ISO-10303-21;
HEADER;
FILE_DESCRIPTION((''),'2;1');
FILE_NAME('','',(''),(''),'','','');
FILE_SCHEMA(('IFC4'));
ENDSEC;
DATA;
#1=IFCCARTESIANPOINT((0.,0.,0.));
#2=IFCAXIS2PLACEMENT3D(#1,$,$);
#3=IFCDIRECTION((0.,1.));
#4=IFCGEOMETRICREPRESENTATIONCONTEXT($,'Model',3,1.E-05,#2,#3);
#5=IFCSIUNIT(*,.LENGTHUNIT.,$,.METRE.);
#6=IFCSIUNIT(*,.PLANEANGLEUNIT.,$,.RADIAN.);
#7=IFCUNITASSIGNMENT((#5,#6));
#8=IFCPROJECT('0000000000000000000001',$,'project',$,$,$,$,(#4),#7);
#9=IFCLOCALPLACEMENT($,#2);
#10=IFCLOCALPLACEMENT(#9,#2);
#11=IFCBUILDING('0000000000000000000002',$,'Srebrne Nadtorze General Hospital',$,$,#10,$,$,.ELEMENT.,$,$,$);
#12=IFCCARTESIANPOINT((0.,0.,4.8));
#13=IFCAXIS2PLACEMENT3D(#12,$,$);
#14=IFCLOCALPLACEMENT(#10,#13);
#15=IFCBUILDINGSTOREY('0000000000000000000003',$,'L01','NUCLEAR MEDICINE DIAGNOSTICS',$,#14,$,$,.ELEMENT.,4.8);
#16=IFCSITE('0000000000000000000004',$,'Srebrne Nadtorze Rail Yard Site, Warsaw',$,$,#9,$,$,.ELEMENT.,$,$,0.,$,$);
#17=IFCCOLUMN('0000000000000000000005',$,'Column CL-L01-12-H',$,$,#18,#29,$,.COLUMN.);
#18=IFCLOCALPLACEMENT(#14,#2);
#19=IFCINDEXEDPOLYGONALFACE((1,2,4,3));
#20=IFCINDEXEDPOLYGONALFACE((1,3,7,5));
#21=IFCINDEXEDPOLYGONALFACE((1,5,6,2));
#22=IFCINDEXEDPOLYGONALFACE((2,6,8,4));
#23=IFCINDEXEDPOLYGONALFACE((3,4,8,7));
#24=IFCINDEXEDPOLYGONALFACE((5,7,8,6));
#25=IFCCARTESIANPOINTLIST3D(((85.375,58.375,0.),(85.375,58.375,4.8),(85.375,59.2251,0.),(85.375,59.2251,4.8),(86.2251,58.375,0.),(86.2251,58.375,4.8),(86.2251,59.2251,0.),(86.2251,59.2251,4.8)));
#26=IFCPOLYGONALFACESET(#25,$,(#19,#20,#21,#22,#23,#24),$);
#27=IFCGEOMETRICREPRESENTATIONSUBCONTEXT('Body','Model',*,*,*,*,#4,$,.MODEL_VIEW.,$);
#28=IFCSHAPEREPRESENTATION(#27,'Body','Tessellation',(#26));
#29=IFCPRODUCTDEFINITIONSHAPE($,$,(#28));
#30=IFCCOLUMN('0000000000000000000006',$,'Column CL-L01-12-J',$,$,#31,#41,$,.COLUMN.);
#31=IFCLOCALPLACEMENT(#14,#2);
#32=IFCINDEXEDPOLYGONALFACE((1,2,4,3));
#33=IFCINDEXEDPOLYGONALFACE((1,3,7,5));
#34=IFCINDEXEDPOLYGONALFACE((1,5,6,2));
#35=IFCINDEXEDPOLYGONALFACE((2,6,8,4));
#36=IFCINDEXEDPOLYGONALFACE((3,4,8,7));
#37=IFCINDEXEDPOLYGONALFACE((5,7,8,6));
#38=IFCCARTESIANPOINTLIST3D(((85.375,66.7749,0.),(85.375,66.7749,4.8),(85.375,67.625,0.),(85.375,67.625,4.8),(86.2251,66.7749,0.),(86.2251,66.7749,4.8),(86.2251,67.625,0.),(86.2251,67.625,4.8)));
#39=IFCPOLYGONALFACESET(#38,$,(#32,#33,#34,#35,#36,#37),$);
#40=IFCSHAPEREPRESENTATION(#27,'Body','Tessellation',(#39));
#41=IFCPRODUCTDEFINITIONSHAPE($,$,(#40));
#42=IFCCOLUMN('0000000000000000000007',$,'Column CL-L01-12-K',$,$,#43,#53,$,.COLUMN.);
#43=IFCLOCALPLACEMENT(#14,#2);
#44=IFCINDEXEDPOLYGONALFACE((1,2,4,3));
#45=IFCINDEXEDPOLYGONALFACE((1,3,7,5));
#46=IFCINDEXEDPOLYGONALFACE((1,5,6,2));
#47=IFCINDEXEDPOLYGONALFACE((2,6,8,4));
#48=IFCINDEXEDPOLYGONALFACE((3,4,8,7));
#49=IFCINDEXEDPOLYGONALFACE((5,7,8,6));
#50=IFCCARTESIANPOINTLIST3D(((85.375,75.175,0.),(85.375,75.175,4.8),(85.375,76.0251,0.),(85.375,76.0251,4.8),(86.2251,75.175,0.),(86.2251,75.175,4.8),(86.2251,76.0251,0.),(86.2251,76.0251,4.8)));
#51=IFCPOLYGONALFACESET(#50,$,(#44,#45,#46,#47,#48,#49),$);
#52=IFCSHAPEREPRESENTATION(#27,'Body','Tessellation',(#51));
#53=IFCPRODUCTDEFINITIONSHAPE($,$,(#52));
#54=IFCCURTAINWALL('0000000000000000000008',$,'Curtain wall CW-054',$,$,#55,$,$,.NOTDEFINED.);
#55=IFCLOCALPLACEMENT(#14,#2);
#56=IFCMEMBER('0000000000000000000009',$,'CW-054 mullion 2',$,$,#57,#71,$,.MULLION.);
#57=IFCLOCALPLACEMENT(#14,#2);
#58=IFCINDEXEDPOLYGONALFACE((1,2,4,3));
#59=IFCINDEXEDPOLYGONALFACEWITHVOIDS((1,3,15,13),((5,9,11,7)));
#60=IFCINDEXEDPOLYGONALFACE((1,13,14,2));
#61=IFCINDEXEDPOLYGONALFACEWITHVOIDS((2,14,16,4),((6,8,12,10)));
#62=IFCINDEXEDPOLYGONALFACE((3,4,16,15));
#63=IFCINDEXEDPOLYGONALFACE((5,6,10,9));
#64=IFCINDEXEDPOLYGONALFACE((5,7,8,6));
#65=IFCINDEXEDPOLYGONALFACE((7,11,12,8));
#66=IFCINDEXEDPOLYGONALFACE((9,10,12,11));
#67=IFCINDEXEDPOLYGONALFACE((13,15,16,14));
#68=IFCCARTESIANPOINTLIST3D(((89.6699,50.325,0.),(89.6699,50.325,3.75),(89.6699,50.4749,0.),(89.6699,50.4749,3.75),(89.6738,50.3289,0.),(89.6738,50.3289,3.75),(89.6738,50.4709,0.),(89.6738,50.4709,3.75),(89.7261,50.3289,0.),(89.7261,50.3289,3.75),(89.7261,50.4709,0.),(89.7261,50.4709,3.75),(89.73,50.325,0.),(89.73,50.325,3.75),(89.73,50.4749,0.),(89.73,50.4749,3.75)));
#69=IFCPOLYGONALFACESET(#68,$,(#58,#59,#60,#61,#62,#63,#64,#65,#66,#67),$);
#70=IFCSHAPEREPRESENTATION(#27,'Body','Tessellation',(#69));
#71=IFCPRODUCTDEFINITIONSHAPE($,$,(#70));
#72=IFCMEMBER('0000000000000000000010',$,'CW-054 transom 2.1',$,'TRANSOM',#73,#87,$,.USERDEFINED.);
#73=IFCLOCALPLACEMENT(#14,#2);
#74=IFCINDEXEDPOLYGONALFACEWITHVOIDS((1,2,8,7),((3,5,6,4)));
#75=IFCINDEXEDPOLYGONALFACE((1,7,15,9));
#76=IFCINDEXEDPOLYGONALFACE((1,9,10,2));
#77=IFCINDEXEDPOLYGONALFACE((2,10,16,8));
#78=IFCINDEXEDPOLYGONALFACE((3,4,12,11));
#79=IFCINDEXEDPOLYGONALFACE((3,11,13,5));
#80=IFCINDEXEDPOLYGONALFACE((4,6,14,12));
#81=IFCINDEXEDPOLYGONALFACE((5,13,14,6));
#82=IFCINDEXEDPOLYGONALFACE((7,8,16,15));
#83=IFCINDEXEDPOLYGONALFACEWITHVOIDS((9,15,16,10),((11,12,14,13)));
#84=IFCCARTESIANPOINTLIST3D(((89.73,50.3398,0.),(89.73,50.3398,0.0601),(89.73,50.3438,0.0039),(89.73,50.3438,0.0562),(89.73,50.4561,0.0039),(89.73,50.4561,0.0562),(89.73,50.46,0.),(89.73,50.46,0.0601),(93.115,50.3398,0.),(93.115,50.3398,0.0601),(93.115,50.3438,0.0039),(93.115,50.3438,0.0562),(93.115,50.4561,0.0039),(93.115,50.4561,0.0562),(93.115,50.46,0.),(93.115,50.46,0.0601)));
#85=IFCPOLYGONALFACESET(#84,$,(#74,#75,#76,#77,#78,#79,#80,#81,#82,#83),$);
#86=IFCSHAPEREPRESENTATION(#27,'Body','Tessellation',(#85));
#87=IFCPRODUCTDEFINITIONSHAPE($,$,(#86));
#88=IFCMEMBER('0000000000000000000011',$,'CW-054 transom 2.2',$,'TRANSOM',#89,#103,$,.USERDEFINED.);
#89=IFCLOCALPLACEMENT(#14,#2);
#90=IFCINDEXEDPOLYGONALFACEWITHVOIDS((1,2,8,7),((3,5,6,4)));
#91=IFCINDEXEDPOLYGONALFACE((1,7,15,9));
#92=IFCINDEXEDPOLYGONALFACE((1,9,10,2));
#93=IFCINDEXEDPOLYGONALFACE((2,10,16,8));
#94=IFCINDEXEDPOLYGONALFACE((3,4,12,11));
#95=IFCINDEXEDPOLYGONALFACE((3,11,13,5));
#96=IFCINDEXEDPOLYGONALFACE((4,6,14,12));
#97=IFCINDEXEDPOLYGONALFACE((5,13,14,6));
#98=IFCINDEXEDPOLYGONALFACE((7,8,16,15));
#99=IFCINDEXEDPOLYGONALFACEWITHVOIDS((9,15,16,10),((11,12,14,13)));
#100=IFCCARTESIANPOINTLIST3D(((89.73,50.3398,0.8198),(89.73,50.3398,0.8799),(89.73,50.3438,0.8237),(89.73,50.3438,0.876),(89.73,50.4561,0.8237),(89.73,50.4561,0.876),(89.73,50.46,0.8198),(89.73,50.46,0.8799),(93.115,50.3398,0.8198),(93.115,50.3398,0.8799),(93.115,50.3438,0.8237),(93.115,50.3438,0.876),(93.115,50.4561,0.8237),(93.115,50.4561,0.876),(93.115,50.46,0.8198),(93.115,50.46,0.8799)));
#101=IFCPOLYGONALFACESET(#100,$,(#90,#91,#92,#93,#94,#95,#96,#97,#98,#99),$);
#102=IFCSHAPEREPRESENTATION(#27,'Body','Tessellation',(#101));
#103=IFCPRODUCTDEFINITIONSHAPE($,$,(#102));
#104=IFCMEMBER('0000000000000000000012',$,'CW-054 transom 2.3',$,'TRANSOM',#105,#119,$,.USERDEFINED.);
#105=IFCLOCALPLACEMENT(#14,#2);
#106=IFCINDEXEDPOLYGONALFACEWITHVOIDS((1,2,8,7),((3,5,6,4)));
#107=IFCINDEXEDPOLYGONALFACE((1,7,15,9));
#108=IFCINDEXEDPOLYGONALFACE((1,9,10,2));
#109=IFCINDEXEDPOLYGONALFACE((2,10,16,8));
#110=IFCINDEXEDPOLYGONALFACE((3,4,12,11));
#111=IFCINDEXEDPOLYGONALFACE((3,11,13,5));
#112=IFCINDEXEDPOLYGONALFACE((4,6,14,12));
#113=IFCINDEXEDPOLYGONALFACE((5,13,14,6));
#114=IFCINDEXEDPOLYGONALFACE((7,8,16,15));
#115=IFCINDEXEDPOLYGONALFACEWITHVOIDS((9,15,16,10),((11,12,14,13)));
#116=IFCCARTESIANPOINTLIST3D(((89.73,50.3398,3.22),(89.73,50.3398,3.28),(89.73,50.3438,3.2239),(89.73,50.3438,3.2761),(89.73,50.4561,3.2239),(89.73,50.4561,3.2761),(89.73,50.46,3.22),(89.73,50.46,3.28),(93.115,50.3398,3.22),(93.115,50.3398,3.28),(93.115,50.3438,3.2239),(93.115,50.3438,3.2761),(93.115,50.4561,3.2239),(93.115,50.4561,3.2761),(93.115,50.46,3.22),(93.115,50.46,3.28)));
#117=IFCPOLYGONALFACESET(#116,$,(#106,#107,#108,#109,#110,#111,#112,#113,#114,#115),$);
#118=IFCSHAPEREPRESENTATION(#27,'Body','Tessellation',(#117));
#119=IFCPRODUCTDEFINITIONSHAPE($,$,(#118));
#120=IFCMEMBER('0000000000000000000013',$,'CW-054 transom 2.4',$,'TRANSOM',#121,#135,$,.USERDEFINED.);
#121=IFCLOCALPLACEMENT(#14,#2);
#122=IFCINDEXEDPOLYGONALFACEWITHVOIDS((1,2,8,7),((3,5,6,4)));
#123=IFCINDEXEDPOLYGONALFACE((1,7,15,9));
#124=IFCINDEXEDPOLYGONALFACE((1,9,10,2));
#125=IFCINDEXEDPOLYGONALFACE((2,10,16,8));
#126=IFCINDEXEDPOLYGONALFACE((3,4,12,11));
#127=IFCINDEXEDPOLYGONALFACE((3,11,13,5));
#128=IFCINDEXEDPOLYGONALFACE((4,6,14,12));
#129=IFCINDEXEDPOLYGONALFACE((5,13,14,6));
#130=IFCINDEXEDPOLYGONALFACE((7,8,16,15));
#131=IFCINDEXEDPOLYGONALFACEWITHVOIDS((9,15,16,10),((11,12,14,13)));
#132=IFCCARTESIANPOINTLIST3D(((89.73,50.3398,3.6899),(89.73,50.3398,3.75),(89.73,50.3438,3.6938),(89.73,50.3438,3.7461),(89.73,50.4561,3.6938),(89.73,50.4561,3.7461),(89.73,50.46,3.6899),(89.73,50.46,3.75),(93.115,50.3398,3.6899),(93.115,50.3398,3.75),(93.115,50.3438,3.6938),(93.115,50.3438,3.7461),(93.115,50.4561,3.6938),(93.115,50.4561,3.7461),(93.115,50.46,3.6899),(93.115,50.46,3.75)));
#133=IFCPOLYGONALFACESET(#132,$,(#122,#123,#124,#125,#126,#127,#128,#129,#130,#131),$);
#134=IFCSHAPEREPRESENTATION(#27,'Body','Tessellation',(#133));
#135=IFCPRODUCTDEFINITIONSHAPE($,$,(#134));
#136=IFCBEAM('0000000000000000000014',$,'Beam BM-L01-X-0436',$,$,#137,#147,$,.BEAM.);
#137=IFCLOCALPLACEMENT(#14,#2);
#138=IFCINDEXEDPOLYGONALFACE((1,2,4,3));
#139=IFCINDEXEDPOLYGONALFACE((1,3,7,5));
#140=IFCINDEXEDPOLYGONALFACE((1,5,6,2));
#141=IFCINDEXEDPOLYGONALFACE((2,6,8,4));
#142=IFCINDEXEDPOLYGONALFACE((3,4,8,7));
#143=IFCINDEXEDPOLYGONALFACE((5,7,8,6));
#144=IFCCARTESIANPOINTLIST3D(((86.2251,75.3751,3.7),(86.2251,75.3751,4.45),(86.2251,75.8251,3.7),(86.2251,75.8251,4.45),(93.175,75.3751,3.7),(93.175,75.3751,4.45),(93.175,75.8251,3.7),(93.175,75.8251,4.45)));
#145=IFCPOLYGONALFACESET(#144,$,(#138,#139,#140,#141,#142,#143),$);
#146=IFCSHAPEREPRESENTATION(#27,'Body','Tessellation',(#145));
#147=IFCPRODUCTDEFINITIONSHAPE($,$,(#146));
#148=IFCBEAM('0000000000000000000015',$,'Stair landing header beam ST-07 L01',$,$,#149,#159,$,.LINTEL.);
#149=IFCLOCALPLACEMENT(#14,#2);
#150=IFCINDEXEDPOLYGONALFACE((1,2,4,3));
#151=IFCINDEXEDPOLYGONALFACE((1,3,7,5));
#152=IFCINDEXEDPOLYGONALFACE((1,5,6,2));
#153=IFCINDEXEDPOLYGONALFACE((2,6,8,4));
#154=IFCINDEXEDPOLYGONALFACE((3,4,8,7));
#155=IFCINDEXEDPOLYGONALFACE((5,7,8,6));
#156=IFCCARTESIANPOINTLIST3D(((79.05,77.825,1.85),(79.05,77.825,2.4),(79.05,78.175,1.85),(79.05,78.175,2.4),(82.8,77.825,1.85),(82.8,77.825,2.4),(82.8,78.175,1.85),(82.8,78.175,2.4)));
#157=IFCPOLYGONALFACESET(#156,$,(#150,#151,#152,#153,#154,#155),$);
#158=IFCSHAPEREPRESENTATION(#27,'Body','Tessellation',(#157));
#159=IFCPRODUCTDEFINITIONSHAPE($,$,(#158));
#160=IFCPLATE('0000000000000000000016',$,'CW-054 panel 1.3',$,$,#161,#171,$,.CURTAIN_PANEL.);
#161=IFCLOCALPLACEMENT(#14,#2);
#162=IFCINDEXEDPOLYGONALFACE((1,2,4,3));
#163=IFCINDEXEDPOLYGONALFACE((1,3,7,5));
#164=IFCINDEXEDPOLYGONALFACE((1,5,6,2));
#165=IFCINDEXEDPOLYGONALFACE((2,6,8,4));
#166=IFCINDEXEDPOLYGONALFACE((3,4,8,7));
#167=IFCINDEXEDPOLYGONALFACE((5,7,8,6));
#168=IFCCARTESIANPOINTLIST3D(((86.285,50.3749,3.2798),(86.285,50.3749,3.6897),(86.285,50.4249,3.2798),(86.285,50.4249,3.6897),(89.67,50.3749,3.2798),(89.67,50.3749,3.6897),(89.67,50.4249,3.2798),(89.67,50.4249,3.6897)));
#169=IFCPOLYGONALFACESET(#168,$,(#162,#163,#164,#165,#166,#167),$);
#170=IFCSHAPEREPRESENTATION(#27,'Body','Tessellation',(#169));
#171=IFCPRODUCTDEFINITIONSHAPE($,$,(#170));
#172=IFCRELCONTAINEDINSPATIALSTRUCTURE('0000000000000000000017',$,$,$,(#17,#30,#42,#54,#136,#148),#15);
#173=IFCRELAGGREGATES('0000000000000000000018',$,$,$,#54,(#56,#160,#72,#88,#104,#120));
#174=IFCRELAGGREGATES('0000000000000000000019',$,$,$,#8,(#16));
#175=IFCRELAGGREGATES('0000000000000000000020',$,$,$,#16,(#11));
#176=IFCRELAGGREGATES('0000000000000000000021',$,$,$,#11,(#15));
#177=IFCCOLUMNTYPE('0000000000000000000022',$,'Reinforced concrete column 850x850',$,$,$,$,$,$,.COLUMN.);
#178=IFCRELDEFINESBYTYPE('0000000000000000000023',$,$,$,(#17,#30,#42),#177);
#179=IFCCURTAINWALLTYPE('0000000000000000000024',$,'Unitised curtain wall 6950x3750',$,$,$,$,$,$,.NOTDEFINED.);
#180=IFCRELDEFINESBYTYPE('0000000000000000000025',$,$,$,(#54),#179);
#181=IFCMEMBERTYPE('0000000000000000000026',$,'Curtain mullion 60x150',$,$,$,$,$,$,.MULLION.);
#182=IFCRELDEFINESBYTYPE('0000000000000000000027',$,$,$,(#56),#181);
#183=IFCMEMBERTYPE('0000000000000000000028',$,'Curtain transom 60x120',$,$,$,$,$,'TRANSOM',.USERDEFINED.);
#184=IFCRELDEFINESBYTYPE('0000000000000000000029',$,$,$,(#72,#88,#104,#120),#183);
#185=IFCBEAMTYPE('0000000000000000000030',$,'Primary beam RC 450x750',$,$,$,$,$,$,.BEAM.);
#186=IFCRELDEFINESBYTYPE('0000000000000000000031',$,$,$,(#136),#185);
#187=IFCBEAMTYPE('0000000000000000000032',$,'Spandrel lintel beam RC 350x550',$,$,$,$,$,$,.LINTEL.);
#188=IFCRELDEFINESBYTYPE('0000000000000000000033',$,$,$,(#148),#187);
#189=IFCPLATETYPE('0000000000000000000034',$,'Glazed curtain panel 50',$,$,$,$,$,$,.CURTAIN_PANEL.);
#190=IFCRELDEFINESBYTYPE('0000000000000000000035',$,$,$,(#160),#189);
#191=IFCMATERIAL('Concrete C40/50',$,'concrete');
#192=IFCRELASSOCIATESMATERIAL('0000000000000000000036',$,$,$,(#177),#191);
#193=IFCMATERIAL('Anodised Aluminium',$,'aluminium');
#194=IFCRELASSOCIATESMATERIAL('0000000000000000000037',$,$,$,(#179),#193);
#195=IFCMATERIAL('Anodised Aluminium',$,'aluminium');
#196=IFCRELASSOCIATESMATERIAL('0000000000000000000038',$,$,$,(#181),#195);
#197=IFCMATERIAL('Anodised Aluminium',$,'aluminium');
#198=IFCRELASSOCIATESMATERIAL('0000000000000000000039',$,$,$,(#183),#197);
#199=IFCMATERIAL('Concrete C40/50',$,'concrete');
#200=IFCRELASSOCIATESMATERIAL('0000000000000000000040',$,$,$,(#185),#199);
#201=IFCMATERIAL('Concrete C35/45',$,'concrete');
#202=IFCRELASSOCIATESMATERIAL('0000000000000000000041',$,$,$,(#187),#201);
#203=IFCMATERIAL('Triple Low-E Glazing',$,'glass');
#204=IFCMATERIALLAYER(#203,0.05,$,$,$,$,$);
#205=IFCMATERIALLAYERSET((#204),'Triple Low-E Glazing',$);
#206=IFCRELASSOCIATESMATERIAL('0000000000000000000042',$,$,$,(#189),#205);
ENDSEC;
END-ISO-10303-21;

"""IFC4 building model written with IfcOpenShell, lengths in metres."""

from ifc_helpers import new_model, si_unit, direction, frame, origin, origin_2d, place, context, subcontext, project, spatial, rectangle, hollow_rectangle, extrude, material, layer, layer_set, material_profile, profile_set, type_object, element, aggregate, save


model = new_model("IFC4")

# Units and contexts
model_context = context("Model", 3, precision=1e-05, world=origin(), true_north=direction((0.0, 1.0)))
body_context = subcontext(model_context, "Body", "Model", "MODEL_VIEW")
ifc_project = project(units=[si_unit("LENGTHUNIT", "METRE"), si_unit("PLANEANGLEUNIT", "RADIAN")], contexts=[model_context])

# Site, building, storey
site_placement = place(None, origin())
site = spatial("IfcSite", under=ifc_project, at=site_placement, Name="Srebrne Nadtorze Rail Yard Site, Warsaw", CompositionType="ELEMENT", RefElevation=0.0)
building_placement = place(site_placement, origin())
building = spatial("IfcBuilding", under=site, at=building_placement, Name="Srebrne Nadtorze General Hospital", CompositionType="ELEMENT")
storey_placement = place(building_placement, frame((0.0, 0.0, 4.8)))
storey = spatial("IfcBuildingStorey", under=building, at=storey_placement, Name="L01", Description="NUCLEAR MEDICINE DIAGNOSTICS", CompositionType="ELEMENT", Elevation=4.8)

# Columns
ifc_material_1 = material(Name="Concrete C40/50", Category="concrete")
ifc_material_profile_1 = material_profile(ifc_material_1, rectangle(XDim=0.8501, YDim=0.8501, at=origin_2d()), Name="RC-COL-850x850")
ifc_profile_set_1 = profile_set([ifc_material_profile_1], Name="Concrete C40/50")
column_type = type_object("IfcColumnType", Name="Reinforced concrete column 850x850", PredefinedType="COLUMN", material=ifc_profile_set_1)
for number, where, z_axis, x_axis, name in (
    (1, (85.8, 58.8, 0.0), (0.0, 0.0, 1.0), (1.0, 0.0, 0.0), "Column CL-L01-12-H"),
    (2, (85.8, 67.2, 0.0), (0.0, 0.0, 1.0), (1.0, 0.0, 0.0), "Column CL-L01-12-J"),
    (3, (85.8, 75.6001, 0.0), (0.0, 0.0, 1.0), (1.0, 0.0, 0.0), "Column CL-L01-12-K"),
):
    element("IfcColumn", number, at=place(storey_placement, frame(where, z_axis=z_axis, x_axis=x_axis)), inside=storey, type_object=column_type, Name=name, PredefinedType="COLUMN", context=body_context, shape_type="SweptSolid", body=[
        extrude(rectangle(XDim=0.8501, YDim=0.8501, at=origin_2d()), origin(), (0.0, 0.0, 1.0), 4.8),
    ])

# Curtain wall, members
ifc_material_2 = material(Name="Anodised Aluminium", Category="aluminium")
curtain_wall_type = type_object("IfcCurtainWallType", Name="Unitised curtain wall 6950x3750", PredefinedType="NOTDEFINED", material=ifc_material_2)
curtain_wall_placement = place(storey_placement, origin())
curtain_wall = element("IfcCurtainWall", 4, at=curtain_wall_placement, inside=storey, type_object=curtain_wall_type, Name="Curtain wall CW-054", PredefinedType="NOTDEFINED")
ifc_material_3 = material(Name="Anodised Aluminium", Category="aluminium")
ifc_material_profile_2 = material_profile(ifc_material_3, hollow_rectangle(XDim=0.0601, YDim=0.1499, WallThickness=0.0039, at=origin_2d()), Name="AL-MUL-60x150")
ifc_profile_set_2 = profile_set([ifc_material_profile_2], Name="Anodised Aluminium")
member_type_1 = type_object("IfcMemberType", Name="Curtain mullion 60x150", PredefinedType="MULLION", material=ifc_profile_set_2)
member_1_placement = place(storey_placement, frame((89.7, 50.3999, 0.0), z_axis=(0.0, 0.0, 1.0), x_axis=(1.0, 0.0, 0.0)))
member_1 = element("IfcMember", 5, at=member_1_placement, type_object=member_type_1, Name="CW-054 mullion 2", PredefinedType="MULLION", context=body_context, shape_type="SweptSolid", body=[
    extrude(hollow_rectangle(XDim=0.0601, YDim=0.1499, WallThickness=0.0039, at=origin_2d()), origin(), (0.0, 0.0, 1.0), 3.75),
])
ifc_material_4 = material(Name="Anodised Aluminium", Category="aluminium")
ifc_material_profile_3 = material_profile(ifc_material_4, hollow_rectangle(XDim=0.0601, YDim=0.1201, WallThickness=0.0039, at=origin_2d()), Name="AL-TRN-60x120")
ifc_profile_set_3 = profile_set([ifc_material_profile_3], Name="Anodised Aluminium")
member_type_2 = type_object("IfcMemberType", Name="Curtain transom 60x120", ElementType="TRANSOM", PredefinedType="USERDEFINED", material=ifc_profile_set_3)
member_2_placement = place(storey_placement, frame((89.73, 50.3999, 0.03), z_axis=(1.0, 0.0, 0.0), x_axis=(0.0, 0.0, 1.0)))
member_2 = element("IfcMember", 6, at=member_2_placement, type_object=member_type_2, Name="CW-054 transom 2.1", ObjectType="TRANSOM", PredefinedType="USERDEFINED", context=body_context, shape_type="SweptSolid", body=[
    extrude(hollow_rectangle(XDim=0.0601, YDim=0.1201, WallThickness=0.0039, at=origin_2d()), origin(), (0.0, 0.0, 1.0), 3.385),
])
member_3_placement = place(storey_placement, frame((89.73, 50.3999, 0.8499), z_axis=(1.0, 0.0, 0.0), x_axis=(0.0, 0.0, 1.0)))
member_3 = element("IfcMember", 7, at=member_3_placement, type_object=member_type_2, Name="CW-054 transom 2.2", ObjectType="TRANSOM", PredefinedType="USERDEFINED", context=body_context, shape_type="SweptSolid", body=[
    extrude(hollow_rectangle(XDim=0.0601, YDim=0.1201, WallThickness=0.0039, at=origin_2d()), origin(), (0.0, 0.0, 1.0), 3.385),
])
member_4_placement = place(storey_placement, frame((89.73, 50.3999, 3.25), z_axis=(1.0, 0.0, 0.0), x_axis=(0.0, 0.0, 1.0)))
member_4 = element("IfcMember", 8, at=member_4_placement, type_object=member_type_2, Name="CW-054 transom 2.3", ObjectType="TRANSOM", PredefinedType="USERDEFINED", context=body_context, shape_type="SweptSolid", body=[
    extrude(hollow_rectangle(XDim=0.0601, YDim=0.1201, WallThickness=0.0039, at=origin_2d()), origin(), (0.0, 0.0, 1.0), 3.385),
])
member_5_placement = place(storey_placement, frame((89.73, 50.3999, 3.72), z_axis=(1.0, 0.0, 0.0), x_axis=(0.0, 0.0, 1.0)))
member_5 = element("IfcMember", 9, at=member_5_placement, type_object=member_type_2, Name="CW-054 transom 2.4", ObjectType="TRANSOM", PredefinedType="USERDEFINED", context=body_context, shape_type="SweptSolid", body=[
    extrude(hollow_rectangle(XDim=0.0601, YDim=0.1201, WallThickness=0.0039, at=origin_2d()), origin(), (0.0, 0.0, 1.0), 3.385),
])

# Beams
ifc_material_5 = material(Name="Concrete C40/50", Category="concrete")
ifc_material_profile_4 = material_profile(ifc_material_5, rectangle(XDim=0.45, YDim=0.75, at=origin_2d()), Name="RC-BM-450x750")
ifc_profile_set_4 = profile_set([ifc_material_profile_4], Name="Concrete C40/50")
beam_type_1 = type_object("IfcBeamType", Name="Primary beam RC 450x750", PredefinedType="BEAM", material=ifc_profile_set_4)
beam_1_placement = place(storey_placement, frame((86.2251, 75.6001, 4.075), z_axis=(1.0, 0.0, 0.0), x_axis=(0.0, 1.0, 0.0)))
element("IfcBeam", 10, at=beam_1_placement, inside=storey, type_object=beam_type_1, Name="Beam BM-L01-X-0436", PredefinedType="BEAM", context=body_context, shape_type="SweptSolid", body=[
    extrude(rectangle(XDim=0.45, YDim=0.75, at=origin_2d()), origin(), (0.0, 0.0, 1.0), 6.95),
])
ifc_material_6 = material(Name="Concrete C35/45", Category="concrete")
ifc_material_profile_5 = material_profile(ifc_material_6, rectangle(XDim=0.3501, YDim=0.55, at=origin_2d()), Name="RC-BM-350x550")
ifc_profile_set_5 = profile_set([ifc_material_profile_5], Name="Concrete C35/45")
beam_type_2 = type_object("IfcBeamType", Name="Spandrel lintel beam RC 350x550", PredefinedType="LINTEL", material=ifc_profile_set_5)
beam_2_placement = place(storey_placement, frame((79.05, 78.0, 2.125), z_axis=(1.0, 0.0, 0.0), x_axis=(0.0, 1.0, 0.0)))
element("IfcBeam", 11, at=beam_2_placement, inside=storey, type_object=beam_type_2, Name="Stair landing header beam ST-07 L01", PredefinedType="LINTEL", context=body_context, shape_type="SweptSolid", body=[
    extrude(rectangle(XDim=0.3501, YDim=0.55, at=origin_2d()), origin(), (0.0, 0.0, 1.0), 3.75),
])

# Plate
ifc_material_7 = material(Name="Triple Low-E Glazing", Category="glass")
ifc_layer_1 = layer(ifc_material_7, 0.05)
ifc_layer_set_1 = layer_set([ifc_layer_1], Name="Triple Low-E Glazing")
plate_type = type_object("IfcPlateType", Name="Glazed curtain panel 50", PredefinedType="CURTAIN_PANEL", material=ifc_layer_set_1)
plate_placement = place(storey_placement, frame((87.9775, 50.3999, 3.2798), z_axis=(0.0, 0.0, 1.0), x_axis=(1.0, 0.0, 0.0)))
plate = element("IfcPlate", 12, at=plate_placement, type_object=plate_type, Name="CW-054 panel 1.3", PredefinedType="CURTAIN_PANEL", context=body_context, shape_type="SweptSolid", body=[
    extrude(rectangle(XDim=3.385, YDim=0.05, at=origin_2d()), origin(), (0.0, 0.0, 1.0), 0.4099),
])
aggregate(curtain_wall, [member_1, plate, member_2, member_3, member_4, member_5])

save(model, "model.ifc")
